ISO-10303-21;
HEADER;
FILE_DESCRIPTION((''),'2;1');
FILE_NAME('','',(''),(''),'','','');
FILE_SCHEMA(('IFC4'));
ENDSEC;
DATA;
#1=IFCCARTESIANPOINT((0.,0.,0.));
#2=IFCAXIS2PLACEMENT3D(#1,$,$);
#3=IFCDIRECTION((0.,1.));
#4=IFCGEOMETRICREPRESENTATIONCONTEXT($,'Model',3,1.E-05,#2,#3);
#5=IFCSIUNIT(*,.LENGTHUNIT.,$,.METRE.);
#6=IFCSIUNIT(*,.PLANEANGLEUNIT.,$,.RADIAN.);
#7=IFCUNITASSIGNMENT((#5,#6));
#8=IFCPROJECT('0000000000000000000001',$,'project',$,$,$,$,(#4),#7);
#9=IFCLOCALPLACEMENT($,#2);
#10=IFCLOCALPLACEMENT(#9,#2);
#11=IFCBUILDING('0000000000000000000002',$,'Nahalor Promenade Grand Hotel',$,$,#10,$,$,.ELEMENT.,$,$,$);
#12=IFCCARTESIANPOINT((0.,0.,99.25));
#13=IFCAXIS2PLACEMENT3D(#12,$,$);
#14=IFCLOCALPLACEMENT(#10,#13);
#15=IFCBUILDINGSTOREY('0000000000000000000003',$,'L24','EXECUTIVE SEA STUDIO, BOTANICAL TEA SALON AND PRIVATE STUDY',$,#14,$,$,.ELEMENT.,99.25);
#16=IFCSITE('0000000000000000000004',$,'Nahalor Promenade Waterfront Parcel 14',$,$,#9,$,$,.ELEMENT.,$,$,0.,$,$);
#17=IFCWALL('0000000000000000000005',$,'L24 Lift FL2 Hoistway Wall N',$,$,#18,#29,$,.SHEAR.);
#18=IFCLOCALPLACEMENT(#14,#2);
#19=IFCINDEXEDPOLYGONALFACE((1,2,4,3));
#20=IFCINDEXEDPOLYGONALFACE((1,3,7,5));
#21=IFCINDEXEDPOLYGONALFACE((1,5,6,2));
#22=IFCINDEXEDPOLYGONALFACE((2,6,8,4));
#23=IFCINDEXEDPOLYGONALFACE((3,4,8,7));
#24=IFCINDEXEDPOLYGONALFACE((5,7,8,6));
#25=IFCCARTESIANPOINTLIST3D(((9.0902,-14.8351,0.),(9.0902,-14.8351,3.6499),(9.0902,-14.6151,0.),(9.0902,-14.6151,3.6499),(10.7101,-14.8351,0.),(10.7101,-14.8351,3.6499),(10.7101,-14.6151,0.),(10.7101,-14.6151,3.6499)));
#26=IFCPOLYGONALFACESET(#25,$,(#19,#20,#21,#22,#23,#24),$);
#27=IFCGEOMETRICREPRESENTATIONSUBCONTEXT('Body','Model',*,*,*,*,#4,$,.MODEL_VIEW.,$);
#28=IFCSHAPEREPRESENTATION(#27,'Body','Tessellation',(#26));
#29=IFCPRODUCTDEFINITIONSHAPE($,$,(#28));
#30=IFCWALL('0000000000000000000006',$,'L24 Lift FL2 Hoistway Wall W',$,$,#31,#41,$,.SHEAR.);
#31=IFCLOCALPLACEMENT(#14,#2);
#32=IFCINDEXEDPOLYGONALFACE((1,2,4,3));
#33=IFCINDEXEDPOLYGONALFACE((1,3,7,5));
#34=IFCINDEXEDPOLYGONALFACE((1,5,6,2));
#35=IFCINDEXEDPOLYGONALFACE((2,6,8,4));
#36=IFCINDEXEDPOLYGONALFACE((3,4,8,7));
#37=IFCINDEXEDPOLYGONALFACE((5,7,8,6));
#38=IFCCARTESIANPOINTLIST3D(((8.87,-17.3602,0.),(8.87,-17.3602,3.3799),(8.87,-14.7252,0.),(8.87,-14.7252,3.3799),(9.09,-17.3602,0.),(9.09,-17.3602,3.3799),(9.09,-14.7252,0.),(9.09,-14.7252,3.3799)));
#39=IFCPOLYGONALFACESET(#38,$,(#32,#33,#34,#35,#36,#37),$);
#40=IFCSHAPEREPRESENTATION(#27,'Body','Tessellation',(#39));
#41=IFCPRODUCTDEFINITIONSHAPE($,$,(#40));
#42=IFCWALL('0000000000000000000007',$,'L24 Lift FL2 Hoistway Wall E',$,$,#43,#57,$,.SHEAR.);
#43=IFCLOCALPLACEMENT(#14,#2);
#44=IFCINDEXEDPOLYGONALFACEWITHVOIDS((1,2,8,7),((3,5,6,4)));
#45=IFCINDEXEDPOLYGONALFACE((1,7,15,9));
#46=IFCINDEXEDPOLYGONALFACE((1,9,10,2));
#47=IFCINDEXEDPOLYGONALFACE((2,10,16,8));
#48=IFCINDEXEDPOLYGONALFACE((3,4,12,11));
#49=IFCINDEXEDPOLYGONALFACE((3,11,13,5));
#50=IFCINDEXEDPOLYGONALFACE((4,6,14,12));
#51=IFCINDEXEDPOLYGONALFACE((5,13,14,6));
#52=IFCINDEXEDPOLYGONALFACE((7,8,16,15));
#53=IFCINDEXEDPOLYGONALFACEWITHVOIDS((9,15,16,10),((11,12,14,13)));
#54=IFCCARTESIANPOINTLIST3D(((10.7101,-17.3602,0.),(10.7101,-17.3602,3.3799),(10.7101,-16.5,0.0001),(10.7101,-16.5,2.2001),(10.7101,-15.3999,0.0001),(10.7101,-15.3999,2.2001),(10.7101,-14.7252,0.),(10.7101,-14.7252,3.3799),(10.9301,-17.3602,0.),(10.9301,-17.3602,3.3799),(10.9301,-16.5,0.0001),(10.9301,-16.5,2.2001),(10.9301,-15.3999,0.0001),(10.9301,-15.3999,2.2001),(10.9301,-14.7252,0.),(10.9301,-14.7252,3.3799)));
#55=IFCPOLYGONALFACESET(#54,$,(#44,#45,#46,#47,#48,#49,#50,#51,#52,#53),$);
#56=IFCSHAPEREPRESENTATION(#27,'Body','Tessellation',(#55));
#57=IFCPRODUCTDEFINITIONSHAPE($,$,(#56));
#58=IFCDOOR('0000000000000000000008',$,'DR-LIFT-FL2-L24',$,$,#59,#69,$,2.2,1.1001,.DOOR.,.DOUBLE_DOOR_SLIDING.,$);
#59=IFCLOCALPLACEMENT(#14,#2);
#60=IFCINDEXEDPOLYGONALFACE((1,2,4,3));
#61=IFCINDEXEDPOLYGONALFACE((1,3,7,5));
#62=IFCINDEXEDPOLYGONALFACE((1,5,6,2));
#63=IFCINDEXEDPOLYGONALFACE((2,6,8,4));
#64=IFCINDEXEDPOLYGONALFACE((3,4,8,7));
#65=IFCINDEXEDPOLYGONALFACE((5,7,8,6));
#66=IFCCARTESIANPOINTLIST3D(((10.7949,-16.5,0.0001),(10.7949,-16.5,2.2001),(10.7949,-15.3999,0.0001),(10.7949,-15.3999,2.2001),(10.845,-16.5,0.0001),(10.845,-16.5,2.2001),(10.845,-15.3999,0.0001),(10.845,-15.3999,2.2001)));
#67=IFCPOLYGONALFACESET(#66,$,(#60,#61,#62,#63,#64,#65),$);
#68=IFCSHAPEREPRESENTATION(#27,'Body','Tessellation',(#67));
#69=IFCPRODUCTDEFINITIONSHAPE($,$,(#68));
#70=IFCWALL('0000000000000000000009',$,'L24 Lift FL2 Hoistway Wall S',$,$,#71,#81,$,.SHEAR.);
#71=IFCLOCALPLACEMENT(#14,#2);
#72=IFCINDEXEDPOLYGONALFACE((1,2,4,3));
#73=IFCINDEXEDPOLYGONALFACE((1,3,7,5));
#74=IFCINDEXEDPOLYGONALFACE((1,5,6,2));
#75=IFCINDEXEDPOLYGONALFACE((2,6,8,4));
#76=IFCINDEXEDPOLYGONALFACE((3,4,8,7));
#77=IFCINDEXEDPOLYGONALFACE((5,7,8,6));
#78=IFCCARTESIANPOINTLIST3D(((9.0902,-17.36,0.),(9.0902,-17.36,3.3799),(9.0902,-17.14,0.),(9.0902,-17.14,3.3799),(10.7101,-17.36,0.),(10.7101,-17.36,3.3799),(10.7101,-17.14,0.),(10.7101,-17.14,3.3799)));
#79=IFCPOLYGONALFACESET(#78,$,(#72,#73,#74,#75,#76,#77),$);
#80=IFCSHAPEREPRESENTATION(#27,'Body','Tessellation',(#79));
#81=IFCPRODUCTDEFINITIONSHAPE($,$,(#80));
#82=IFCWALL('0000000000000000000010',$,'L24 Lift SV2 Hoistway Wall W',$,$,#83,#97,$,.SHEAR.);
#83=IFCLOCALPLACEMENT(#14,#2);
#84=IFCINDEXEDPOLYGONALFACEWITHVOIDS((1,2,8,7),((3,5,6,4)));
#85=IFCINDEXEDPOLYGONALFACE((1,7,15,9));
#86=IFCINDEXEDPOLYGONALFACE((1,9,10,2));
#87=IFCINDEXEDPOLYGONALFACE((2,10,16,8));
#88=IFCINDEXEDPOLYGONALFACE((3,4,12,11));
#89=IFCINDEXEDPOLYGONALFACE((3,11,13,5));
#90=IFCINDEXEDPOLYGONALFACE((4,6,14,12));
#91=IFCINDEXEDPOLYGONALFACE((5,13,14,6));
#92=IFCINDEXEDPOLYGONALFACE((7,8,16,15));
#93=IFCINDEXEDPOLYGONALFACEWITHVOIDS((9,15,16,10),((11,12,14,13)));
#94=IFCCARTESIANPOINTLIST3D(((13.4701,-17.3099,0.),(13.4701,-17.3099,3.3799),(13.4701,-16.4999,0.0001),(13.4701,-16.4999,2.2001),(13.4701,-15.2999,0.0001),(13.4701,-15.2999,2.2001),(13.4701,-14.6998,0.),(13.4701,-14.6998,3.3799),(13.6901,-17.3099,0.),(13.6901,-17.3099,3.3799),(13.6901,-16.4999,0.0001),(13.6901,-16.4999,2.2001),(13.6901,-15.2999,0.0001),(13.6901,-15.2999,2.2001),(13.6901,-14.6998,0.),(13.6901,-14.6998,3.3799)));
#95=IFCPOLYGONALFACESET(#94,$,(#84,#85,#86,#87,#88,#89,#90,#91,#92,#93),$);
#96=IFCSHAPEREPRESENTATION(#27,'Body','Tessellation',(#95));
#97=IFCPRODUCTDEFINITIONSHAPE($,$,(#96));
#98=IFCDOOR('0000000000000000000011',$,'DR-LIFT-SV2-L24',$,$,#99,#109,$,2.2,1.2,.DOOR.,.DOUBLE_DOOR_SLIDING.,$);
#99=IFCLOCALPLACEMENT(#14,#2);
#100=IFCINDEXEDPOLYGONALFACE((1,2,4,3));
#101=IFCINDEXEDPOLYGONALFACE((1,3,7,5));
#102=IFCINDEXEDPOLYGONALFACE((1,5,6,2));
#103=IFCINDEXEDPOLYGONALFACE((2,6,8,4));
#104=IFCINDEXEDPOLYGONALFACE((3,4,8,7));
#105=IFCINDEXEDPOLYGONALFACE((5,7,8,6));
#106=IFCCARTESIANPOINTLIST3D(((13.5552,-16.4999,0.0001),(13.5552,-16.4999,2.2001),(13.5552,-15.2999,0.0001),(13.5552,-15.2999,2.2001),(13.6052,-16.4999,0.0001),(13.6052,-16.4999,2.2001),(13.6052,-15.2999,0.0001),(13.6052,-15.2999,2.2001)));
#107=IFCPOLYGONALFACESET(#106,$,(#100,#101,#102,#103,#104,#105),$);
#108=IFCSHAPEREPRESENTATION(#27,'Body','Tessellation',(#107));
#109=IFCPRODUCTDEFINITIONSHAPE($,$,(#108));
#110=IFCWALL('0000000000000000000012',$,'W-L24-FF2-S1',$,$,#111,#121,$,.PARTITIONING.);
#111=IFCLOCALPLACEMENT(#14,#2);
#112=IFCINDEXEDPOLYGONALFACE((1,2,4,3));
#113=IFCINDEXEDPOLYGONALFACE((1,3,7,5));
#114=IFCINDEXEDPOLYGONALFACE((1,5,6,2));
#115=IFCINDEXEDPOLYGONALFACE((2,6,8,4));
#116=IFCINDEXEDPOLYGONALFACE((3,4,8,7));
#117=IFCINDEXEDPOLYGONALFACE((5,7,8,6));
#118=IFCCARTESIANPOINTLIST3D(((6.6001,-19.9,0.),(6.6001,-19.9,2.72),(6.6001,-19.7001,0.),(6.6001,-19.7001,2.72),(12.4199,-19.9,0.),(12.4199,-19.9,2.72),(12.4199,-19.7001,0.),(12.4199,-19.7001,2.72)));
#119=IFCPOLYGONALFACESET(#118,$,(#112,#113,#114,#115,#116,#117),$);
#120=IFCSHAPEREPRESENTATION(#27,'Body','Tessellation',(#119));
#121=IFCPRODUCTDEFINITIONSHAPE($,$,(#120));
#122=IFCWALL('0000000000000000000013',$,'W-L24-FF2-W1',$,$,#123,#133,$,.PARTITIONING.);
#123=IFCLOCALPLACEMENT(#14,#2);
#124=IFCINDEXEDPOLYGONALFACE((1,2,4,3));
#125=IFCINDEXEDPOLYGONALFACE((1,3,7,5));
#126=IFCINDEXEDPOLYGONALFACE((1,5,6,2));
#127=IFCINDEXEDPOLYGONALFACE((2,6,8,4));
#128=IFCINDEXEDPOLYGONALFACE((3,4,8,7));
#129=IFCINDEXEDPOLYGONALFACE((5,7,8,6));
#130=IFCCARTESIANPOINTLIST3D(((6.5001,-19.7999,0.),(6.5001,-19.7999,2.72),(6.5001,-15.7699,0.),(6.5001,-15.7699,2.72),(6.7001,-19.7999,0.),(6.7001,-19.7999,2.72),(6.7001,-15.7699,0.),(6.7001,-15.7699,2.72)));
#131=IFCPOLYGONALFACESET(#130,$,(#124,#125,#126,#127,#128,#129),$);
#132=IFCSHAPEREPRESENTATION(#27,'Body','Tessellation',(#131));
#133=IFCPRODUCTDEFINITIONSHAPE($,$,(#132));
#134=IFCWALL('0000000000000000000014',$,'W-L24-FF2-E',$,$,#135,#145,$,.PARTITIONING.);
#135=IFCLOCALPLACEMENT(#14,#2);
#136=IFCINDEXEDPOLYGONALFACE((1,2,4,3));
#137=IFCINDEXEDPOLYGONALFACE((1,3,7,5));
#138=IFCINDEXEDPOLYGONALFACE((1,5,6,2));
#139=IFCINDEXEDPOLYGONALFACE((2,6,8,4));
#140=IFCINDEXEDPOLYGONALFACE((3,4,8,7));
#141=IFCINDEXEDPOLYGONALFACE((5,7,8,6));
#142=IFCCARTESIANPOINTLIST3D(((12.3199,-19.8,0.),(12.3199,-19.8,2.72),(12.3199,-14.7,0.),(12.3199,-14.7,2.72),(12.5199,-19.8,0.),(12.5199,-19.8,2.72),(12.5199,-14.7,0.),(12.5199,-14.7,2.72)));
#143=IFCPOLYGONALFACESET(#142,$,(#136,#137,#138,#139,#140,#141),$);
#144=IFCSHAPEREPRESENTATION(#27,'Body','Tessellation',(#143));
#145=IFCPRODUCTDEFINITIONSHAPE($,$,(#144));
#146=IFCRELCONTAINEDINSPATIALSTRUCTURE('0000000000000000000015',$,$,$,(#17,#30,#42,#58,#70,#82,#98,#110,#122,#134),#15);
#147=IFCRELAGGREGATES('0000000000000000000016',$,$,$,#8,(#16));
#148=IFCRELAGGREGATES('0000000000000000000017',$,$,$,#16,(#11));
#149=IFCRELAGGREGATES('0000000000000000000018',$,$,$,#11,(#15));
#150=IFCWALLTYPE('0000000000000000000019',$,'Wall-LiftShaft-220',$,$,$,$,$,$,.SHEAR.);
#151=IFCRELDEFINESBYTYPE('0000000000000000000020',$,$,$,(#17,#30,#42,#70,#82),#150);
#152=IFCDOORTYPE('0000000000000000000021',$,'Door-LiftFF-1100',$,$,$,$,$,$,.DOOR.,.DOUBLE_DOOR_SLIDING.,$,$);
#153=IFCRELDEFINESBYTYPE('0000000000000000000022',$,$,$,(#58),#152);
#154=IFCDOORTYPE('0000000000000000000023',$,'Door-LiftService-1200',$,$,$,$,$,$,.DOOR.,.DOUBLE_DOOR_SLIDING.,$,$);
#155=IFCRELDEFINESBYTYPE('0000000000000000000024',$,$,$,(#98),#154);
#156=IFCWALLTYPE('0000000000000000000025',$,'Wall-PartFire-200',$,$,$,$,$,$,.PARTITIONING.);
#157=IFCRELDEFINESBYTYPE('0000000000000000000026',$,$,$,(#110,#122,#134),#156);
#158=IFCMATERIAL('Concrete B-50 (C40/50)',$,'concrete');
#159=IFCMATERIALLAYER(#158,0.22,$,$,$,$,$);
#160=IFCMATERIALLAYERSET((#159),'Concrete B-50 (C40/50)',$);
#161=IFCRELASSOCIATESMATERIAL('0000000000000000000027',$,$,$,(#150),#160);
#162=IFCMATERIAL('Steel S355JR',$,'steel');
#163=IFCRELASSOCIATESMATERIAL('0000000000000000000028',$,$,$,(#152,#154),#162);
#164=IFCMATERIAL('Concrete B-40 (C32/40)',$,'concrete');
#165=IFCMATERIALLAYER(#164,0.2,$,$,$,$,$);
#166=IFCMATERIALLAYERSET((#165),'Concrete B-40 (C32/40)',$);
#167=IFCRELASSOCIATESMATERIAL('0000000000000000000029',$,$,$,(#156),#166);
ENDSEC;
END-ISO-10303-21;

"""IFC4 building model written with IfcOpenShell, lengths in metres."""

from ifc_helpers import new_model, si_unit, direction, frame, frame_2d, origin, place, context, subcontext, project, spatial, rectangle, extrude, source, transform, mapped, material, layer, layer_set, type_object, element, fill, save


model = new_model("IFC4")

# Units and contexts
model_context = context("Model", 3, precision=1e-05, world=origin(), true_north=direction((0.0, 1.0)))
body_context = subcontext(model_context, "Body", "Model", "MODEL_VIEW")
ifc_project = project(units=[si_unit("LENGTHUNIT", "METRE"), si_unit("PLANEANGLEUNIT", "RADIAN")], contexts=[model_context])

# Site, building, storey
site_placement = place(None, origin())
site = spatial("IfcSite", under=ifc_project, at=site_placement, Name="Nahalor Promenade Waterfront Parcel 14", CompositionType="ELEMENT", RefElevation=0.0)
building_placement = place(site_placement, origin())
building = spatial("IfcBuilding", under=site, at=building_placement, Name="Nahalor Promenade Grand Hotel", CompositionType="ELEMENT")
storey_placement = place(building_placement, frame((0.0, 0.0, 99.25)))
storey = spatial("IfcBuildingStorey", under=building, at=storey_placement, Name="L24", Description="EXECUTIVE SEA STUDIO, BOTANICAL TEA SALON AND PRIVATE STUDY", CompositionType="ELEMENT", Elevation=99.25)

# Shared definitions
ifc_material_1 = material(Name="Steel S355JR", Category="steel")

# Shared definitions
ifc_material_2 = material(Name="Concrete B-50 (C40/50)", Category="concrete")

# Walls
ifc_layer_1 = layer(ifc_material_2, 0.22)
ifc_layer_set_1 = layer_set([ifc_layer_1], Name="Concrete B-50 (C40/50)")
wall_type_1 = type_object("IfcWallType", Name="Wall-LiftShaft-220", PredefinedType="SHEAR", material=ifc_layer_set_1)
shared_shape_1 = source(origin(), body_context, "Body", "SweptSolid", [
    extrude(rectangle(XDim=1.6199, YDim=0.22, at=frame_2d((0.8101, 0.0))), origin(), (0.0, 0.0, 1.0), 3.6499),
])
wall_1_placement = place(storey_placement, frame((9.0901, -14.7251, 0.0), z_axis=(0.0, 0.0, 1.0), x_axis=(1.0, 0.0, 0.0)))
element("IfcWall", 1, at=wall_1_placement, inside=storey, type_object=wall_type_1, Name="L24 Lift FL2 Hoistway Wall N", PredefinedType="SHEAR", context=body_context, shape_type="MappedRepresentation", body=[
    mapped(shared_shape_1, transform((0.0, 0.0, 0.0), scale=1.0)),
])
shared_shape_2 = source(origin(), body_context, "Body", "SweptSolid", [
    extrude(rectangle(XDim=2.635, YDim=0.22, at=frame_2d((1.3174, 0.0))), origin(), (0.0, 0.0, 1.0), 3.3799),
])
wall_2_placement = place(storey_placement, frame((8.98, -17.3601, 0.0), z_axis=(0.0, 0.0, 1.0), x_axis=(0.0, 1.0, 0.0)))
element("IfcWall", 2, at=wall_2_placement, inside=storey, type_object=wall_type_1, Name="L24 Lift FL2 Hoistway Wall W", PredefinedType="SHEAR", context=body_context, shape_type="MappedRepresentation", body=[
    mapped(shared_shape_2, transform((0.0, 0.0, 0.0), scale=1.0)),
])

# Wall, opening, door
wall_3_placement = place(storey_placement, frame((10.8201, -17.3601, 0.0), z_axis=(0.0, 0.0, 1.0), x_axis=(0.0, 1.0, 0.0)))
wall_3 = element("IfcWall", 3, at=wall_3_placement, inside=storey, type_object=wall_type_1, Name="L24 Lift FL2 Hoistway Wall E", PredefinedType="SHEAR", context=body_context, shape_type="MappedRepresentation", body=[
    mapped(shared_shape_2, transform((0.0, 0.0, 0.0), scale=1.0)),
])
opening_1_placement = place(wall_3_placement, frame((0.8601, 0.0, 0.0)))
opening_1 = element("IfcOpeningElement", 4, at=opening_1_placement, cuts=wall_3, PredefinedType="OPENING", context=body_context, shape_type="SweptSolid", body=[
    extrude(rectangle(XDim=1.1001, YDim=2.2, at=frame_2d((0.55, 1.1001))), frame((0.0, 0.1199, 0.0), z_axis=(0.0, -1.0, 0.0), x_axis=(1.0, 0.0, 0.0)), (0.0, 0.0, 1.0), 0.24),
])
door_type_1 = type_object("IfcDoorType", Name="Door-LiftFF-1100", OperationType="DOUBLE_DOOR_SLIDING", PredefinedType="DOOR", material=ifc_material_1)
shared_shape_3 = source(origin(), body_context, "Body", "SweptSolid", [
    extrude(rectangle(XDim=1.1001, YDim=2.2, at=frame_2d((0.55, 1.1001))), frame((0.0, 0.0249, 0.0), z_axis=(0.0, -1.0, 0.0), x_axis=(1.0, 0.0, 0.0)), (0.0, 0.0, 1.0), 0.05),
])
door_1_placement = place(opening_1_placement, frame((1.1001, 0.0, 0.0), z_axis=(0.0, 0.0, 1.0), x_axis=(-1.0, 0.0, 0.0)))
door_1 = element("IfcDoor", 5, at=door_1_placement, inside=storey, type_object=door_type_1, Name="DR-LIFT-FL2-L24", OperationType="DOUBLE_DOOR_SLIDING", OverallHeight=2.2, OverallWidth=1.1001, PredefinedType="DOOR", context=body_context, shape_type="MappedRepresentation", body=[
    mapped(shared_shape_3, transform((0.0, 0.0, 0.0), scale=1.0)),
])
fill(opening_1, door_1)

# Wall
shared_shape_4 = source(origin(), body_context, "Body", "SweptSolid", [
    extrude(rectangle(XDim=1.6199, YDim=0.22, at=frame_2d((0.8101, 0.0))), origin(), (0.0, 0.0, 1.0), 3.3799),
])
wall_4_placement = place(storey_placement, frame((9.0901, -17.25, 0.0), z_axis=(0.0, 0.0, 1.0), x_axis=(1.0, 0.0, 0.0)))
element("IfcWall", 6, at=wall_4_placement, inside=storey, type_object=wall_type_1, Name="L24 Lift FL2 Hoistway Wall S", PredefinedType="SHEAR", context=body_context, shape_type="MappedRepresentation", body=[
    mapped(shared_shape_4, transform((0.0, 0.0, 0.0), scale=1.0)),
])

# Wall, opening, door
shared_shape_5 = source(origin(), body_context, "Body", "SweptSolid", [
    extrude(rectangle(XDim=2.6101, YDim=0.22, at=frame_2d((1.3052, 0.0))), origin(), (0.0, 0.0, 1.0), 3.3799),
])
wall_5_placement = place(storey_placement, frame((13.5801, -17.3101, 0.0), z_axis=(0.0, 0.0, 1.0), x_axis=(0.0, 1.0, 0.0)))
wall_5 = element("IfcWall", 7, at=wall_5_placement, inside=storey, type_object=wall_type_1, Name="L24 Lift SV2 Hoistway Wall W", PredefinedType="SHEAR", context=body_context, shape_type="MappedRepresentation", body=[
    mapped(shared_shape_5, transform((0.0, 0.0, 0.0), scale=1.0)),
])
opening_2_placement = place(wall_5_placement, frame((0.8101, 0.0, 0.0)))
opening_2 = element("IfcOpeningElement", 8, at=opening_2_placement, cuts=wall_5, PredefinedType="OPENING", context=body_context, shape_type="SweptSolid", body=[
    extrude(rectangle(XDim=1.2, YDim=2.2, at=frame_2d((0.6001, 1.1001))), frame((0.0, 0.1199, 0.0), z_axis=(0.0, -1.0, 0.0), x_axis=(1.0, 0.0, 0.0)), (0.0, 0.0, 1.0), 0.24),
])
door_type_2 = type_object("IfcDoorType", Name="Door-LiftService-1200", OperationType="DOUBLE_DOOR_SLIDING", PredefinedType="DOOR", material=ifc_material_1)
shared_shape_6 = source(origin(), body_context, "Body", "SweptSolid", [
    extrude(rectangle(XDim=1.2, YDim=2.2, at=frame_2d((0.6001, 1.1001))), frame((0.0, 0.0249, 0.0), z_axis=(0.0, -1.0, 0.0), x_axis=(1.0, 0.0, 0.0)), (0.0, 0.0, 1.0), 0.05),
])
door_2_placement = place(opening_2_placement, origin())
door_2 = element("IfcDoor", 9, at=door_2_placement, inside=storey, type_object=door_type_2, Name="DR-LIFT-SV2-L24", OperationType="DOUBLE_DOOR_SLIDING", OverallHeight=2.2, OverallWidth=1.2, PredefinedType="DOOR", context=body_context, shape_type="MappedRepresentation", body=[
    mapped(shared_shape_6, transform((0.0, 0.0, 0.0), scale=1.0)),
])
fill(opening_2, door_2)

# Walls
ifc_material_3 = material(Name="Concrete B-40 (C32/40)", Category="concrete")
ifc_layer_2 = layer(ifc_material_3, 0.2)
ifc_layer_set_2 = layer_set([ifc_layer_2], Name="Concrete B-40 (C32/40)")
wall_type_2 = type_object("IfcWallType", Name="Wall-PartFire-200", PredefinedType="PARTITIONING", material=ifc_layer_set_2)
shared_shape_7 = source(origin(), body_context, "Body", "SweptSolid", [
    extrude(rectangle(XDim=5.8198, YDim=0.2, at=frame_2d((2.9099, 0.0))), origin(), (0.0, 0.0, 1.0), 2.72),
])
wall_6_placement = place(storey_placement, frame((6.6001, -19.8, 0.0), z_axis=(0.0, 0.0, 1.0), x_axis=(1.0, 0.0, 0.0)))
element("IfcWall", 10, at=wall_6_placement, inside=storey, type_object=wall_type_2, Name="W-L24-FF2-S1", PredefinedType="PARTITIONING", context=body_context, shape_type="MappedRepresentation", body=[
    mapped(shared_shape_7, transform((0.0, 0.0, 0.0), scale=1.0)),
])
shared_shape_8 = source(origin(), body_context, "Body", "SweptSolid", [
    extrude(rectangle(XDim=4.03, YDim=0.2, at=frame_2d((2.0151, 0.0))), origin(), (0.0, 0.0, 1.0), 2.72),
])
wall_7_placement = place(storey_placement, frame((6.6001, -19.8, 0.0), z_axis=(0.0, 0.0, 1.0), x_axis=(0.0, 1.0, 0.0)))
element("IfcWall", 11, at=wall_7_placement, inside=storey, type_object=wall_type_2, Name="W-L24-FF2-W1", PredefinedType="PARTITIONING", context=body_context, shape_type="MappedRepresentation", body=[
    mapped(shared_shape_8, transform((0.0, 0.0, 0.0), scale=1.0)),
])
shared_shape_9 = source(origin(), body_context, "Body", "SweptSolid", [
    extrude(rectangle(XDim=5.1001, YDim=0.2, at=frame_2d((2.55, 0.0))), origin(), (0.0, 0.0, 1.0), 2.72),
])
wall_8_placement = place(storey_placement, frame((12.4199, -19.8, 0.0), z_axis=(0.0, 0.0, 1.0), x_axis=(0.0, 1.0, 0.0)))
element("IfcWall", 12, at=wall_8_placement, inside=storey, type_object=wall_type_2, Name="W-L24-FF2-E", PredefinedType="PARTITIONING", context=body_context, shape_type="MappedRepresentation", body=[
    mapped(shared_shape_9, transform((0.0, 0.0, 0.0), scale=1.0)),
])

save(model, "model.ifc")
